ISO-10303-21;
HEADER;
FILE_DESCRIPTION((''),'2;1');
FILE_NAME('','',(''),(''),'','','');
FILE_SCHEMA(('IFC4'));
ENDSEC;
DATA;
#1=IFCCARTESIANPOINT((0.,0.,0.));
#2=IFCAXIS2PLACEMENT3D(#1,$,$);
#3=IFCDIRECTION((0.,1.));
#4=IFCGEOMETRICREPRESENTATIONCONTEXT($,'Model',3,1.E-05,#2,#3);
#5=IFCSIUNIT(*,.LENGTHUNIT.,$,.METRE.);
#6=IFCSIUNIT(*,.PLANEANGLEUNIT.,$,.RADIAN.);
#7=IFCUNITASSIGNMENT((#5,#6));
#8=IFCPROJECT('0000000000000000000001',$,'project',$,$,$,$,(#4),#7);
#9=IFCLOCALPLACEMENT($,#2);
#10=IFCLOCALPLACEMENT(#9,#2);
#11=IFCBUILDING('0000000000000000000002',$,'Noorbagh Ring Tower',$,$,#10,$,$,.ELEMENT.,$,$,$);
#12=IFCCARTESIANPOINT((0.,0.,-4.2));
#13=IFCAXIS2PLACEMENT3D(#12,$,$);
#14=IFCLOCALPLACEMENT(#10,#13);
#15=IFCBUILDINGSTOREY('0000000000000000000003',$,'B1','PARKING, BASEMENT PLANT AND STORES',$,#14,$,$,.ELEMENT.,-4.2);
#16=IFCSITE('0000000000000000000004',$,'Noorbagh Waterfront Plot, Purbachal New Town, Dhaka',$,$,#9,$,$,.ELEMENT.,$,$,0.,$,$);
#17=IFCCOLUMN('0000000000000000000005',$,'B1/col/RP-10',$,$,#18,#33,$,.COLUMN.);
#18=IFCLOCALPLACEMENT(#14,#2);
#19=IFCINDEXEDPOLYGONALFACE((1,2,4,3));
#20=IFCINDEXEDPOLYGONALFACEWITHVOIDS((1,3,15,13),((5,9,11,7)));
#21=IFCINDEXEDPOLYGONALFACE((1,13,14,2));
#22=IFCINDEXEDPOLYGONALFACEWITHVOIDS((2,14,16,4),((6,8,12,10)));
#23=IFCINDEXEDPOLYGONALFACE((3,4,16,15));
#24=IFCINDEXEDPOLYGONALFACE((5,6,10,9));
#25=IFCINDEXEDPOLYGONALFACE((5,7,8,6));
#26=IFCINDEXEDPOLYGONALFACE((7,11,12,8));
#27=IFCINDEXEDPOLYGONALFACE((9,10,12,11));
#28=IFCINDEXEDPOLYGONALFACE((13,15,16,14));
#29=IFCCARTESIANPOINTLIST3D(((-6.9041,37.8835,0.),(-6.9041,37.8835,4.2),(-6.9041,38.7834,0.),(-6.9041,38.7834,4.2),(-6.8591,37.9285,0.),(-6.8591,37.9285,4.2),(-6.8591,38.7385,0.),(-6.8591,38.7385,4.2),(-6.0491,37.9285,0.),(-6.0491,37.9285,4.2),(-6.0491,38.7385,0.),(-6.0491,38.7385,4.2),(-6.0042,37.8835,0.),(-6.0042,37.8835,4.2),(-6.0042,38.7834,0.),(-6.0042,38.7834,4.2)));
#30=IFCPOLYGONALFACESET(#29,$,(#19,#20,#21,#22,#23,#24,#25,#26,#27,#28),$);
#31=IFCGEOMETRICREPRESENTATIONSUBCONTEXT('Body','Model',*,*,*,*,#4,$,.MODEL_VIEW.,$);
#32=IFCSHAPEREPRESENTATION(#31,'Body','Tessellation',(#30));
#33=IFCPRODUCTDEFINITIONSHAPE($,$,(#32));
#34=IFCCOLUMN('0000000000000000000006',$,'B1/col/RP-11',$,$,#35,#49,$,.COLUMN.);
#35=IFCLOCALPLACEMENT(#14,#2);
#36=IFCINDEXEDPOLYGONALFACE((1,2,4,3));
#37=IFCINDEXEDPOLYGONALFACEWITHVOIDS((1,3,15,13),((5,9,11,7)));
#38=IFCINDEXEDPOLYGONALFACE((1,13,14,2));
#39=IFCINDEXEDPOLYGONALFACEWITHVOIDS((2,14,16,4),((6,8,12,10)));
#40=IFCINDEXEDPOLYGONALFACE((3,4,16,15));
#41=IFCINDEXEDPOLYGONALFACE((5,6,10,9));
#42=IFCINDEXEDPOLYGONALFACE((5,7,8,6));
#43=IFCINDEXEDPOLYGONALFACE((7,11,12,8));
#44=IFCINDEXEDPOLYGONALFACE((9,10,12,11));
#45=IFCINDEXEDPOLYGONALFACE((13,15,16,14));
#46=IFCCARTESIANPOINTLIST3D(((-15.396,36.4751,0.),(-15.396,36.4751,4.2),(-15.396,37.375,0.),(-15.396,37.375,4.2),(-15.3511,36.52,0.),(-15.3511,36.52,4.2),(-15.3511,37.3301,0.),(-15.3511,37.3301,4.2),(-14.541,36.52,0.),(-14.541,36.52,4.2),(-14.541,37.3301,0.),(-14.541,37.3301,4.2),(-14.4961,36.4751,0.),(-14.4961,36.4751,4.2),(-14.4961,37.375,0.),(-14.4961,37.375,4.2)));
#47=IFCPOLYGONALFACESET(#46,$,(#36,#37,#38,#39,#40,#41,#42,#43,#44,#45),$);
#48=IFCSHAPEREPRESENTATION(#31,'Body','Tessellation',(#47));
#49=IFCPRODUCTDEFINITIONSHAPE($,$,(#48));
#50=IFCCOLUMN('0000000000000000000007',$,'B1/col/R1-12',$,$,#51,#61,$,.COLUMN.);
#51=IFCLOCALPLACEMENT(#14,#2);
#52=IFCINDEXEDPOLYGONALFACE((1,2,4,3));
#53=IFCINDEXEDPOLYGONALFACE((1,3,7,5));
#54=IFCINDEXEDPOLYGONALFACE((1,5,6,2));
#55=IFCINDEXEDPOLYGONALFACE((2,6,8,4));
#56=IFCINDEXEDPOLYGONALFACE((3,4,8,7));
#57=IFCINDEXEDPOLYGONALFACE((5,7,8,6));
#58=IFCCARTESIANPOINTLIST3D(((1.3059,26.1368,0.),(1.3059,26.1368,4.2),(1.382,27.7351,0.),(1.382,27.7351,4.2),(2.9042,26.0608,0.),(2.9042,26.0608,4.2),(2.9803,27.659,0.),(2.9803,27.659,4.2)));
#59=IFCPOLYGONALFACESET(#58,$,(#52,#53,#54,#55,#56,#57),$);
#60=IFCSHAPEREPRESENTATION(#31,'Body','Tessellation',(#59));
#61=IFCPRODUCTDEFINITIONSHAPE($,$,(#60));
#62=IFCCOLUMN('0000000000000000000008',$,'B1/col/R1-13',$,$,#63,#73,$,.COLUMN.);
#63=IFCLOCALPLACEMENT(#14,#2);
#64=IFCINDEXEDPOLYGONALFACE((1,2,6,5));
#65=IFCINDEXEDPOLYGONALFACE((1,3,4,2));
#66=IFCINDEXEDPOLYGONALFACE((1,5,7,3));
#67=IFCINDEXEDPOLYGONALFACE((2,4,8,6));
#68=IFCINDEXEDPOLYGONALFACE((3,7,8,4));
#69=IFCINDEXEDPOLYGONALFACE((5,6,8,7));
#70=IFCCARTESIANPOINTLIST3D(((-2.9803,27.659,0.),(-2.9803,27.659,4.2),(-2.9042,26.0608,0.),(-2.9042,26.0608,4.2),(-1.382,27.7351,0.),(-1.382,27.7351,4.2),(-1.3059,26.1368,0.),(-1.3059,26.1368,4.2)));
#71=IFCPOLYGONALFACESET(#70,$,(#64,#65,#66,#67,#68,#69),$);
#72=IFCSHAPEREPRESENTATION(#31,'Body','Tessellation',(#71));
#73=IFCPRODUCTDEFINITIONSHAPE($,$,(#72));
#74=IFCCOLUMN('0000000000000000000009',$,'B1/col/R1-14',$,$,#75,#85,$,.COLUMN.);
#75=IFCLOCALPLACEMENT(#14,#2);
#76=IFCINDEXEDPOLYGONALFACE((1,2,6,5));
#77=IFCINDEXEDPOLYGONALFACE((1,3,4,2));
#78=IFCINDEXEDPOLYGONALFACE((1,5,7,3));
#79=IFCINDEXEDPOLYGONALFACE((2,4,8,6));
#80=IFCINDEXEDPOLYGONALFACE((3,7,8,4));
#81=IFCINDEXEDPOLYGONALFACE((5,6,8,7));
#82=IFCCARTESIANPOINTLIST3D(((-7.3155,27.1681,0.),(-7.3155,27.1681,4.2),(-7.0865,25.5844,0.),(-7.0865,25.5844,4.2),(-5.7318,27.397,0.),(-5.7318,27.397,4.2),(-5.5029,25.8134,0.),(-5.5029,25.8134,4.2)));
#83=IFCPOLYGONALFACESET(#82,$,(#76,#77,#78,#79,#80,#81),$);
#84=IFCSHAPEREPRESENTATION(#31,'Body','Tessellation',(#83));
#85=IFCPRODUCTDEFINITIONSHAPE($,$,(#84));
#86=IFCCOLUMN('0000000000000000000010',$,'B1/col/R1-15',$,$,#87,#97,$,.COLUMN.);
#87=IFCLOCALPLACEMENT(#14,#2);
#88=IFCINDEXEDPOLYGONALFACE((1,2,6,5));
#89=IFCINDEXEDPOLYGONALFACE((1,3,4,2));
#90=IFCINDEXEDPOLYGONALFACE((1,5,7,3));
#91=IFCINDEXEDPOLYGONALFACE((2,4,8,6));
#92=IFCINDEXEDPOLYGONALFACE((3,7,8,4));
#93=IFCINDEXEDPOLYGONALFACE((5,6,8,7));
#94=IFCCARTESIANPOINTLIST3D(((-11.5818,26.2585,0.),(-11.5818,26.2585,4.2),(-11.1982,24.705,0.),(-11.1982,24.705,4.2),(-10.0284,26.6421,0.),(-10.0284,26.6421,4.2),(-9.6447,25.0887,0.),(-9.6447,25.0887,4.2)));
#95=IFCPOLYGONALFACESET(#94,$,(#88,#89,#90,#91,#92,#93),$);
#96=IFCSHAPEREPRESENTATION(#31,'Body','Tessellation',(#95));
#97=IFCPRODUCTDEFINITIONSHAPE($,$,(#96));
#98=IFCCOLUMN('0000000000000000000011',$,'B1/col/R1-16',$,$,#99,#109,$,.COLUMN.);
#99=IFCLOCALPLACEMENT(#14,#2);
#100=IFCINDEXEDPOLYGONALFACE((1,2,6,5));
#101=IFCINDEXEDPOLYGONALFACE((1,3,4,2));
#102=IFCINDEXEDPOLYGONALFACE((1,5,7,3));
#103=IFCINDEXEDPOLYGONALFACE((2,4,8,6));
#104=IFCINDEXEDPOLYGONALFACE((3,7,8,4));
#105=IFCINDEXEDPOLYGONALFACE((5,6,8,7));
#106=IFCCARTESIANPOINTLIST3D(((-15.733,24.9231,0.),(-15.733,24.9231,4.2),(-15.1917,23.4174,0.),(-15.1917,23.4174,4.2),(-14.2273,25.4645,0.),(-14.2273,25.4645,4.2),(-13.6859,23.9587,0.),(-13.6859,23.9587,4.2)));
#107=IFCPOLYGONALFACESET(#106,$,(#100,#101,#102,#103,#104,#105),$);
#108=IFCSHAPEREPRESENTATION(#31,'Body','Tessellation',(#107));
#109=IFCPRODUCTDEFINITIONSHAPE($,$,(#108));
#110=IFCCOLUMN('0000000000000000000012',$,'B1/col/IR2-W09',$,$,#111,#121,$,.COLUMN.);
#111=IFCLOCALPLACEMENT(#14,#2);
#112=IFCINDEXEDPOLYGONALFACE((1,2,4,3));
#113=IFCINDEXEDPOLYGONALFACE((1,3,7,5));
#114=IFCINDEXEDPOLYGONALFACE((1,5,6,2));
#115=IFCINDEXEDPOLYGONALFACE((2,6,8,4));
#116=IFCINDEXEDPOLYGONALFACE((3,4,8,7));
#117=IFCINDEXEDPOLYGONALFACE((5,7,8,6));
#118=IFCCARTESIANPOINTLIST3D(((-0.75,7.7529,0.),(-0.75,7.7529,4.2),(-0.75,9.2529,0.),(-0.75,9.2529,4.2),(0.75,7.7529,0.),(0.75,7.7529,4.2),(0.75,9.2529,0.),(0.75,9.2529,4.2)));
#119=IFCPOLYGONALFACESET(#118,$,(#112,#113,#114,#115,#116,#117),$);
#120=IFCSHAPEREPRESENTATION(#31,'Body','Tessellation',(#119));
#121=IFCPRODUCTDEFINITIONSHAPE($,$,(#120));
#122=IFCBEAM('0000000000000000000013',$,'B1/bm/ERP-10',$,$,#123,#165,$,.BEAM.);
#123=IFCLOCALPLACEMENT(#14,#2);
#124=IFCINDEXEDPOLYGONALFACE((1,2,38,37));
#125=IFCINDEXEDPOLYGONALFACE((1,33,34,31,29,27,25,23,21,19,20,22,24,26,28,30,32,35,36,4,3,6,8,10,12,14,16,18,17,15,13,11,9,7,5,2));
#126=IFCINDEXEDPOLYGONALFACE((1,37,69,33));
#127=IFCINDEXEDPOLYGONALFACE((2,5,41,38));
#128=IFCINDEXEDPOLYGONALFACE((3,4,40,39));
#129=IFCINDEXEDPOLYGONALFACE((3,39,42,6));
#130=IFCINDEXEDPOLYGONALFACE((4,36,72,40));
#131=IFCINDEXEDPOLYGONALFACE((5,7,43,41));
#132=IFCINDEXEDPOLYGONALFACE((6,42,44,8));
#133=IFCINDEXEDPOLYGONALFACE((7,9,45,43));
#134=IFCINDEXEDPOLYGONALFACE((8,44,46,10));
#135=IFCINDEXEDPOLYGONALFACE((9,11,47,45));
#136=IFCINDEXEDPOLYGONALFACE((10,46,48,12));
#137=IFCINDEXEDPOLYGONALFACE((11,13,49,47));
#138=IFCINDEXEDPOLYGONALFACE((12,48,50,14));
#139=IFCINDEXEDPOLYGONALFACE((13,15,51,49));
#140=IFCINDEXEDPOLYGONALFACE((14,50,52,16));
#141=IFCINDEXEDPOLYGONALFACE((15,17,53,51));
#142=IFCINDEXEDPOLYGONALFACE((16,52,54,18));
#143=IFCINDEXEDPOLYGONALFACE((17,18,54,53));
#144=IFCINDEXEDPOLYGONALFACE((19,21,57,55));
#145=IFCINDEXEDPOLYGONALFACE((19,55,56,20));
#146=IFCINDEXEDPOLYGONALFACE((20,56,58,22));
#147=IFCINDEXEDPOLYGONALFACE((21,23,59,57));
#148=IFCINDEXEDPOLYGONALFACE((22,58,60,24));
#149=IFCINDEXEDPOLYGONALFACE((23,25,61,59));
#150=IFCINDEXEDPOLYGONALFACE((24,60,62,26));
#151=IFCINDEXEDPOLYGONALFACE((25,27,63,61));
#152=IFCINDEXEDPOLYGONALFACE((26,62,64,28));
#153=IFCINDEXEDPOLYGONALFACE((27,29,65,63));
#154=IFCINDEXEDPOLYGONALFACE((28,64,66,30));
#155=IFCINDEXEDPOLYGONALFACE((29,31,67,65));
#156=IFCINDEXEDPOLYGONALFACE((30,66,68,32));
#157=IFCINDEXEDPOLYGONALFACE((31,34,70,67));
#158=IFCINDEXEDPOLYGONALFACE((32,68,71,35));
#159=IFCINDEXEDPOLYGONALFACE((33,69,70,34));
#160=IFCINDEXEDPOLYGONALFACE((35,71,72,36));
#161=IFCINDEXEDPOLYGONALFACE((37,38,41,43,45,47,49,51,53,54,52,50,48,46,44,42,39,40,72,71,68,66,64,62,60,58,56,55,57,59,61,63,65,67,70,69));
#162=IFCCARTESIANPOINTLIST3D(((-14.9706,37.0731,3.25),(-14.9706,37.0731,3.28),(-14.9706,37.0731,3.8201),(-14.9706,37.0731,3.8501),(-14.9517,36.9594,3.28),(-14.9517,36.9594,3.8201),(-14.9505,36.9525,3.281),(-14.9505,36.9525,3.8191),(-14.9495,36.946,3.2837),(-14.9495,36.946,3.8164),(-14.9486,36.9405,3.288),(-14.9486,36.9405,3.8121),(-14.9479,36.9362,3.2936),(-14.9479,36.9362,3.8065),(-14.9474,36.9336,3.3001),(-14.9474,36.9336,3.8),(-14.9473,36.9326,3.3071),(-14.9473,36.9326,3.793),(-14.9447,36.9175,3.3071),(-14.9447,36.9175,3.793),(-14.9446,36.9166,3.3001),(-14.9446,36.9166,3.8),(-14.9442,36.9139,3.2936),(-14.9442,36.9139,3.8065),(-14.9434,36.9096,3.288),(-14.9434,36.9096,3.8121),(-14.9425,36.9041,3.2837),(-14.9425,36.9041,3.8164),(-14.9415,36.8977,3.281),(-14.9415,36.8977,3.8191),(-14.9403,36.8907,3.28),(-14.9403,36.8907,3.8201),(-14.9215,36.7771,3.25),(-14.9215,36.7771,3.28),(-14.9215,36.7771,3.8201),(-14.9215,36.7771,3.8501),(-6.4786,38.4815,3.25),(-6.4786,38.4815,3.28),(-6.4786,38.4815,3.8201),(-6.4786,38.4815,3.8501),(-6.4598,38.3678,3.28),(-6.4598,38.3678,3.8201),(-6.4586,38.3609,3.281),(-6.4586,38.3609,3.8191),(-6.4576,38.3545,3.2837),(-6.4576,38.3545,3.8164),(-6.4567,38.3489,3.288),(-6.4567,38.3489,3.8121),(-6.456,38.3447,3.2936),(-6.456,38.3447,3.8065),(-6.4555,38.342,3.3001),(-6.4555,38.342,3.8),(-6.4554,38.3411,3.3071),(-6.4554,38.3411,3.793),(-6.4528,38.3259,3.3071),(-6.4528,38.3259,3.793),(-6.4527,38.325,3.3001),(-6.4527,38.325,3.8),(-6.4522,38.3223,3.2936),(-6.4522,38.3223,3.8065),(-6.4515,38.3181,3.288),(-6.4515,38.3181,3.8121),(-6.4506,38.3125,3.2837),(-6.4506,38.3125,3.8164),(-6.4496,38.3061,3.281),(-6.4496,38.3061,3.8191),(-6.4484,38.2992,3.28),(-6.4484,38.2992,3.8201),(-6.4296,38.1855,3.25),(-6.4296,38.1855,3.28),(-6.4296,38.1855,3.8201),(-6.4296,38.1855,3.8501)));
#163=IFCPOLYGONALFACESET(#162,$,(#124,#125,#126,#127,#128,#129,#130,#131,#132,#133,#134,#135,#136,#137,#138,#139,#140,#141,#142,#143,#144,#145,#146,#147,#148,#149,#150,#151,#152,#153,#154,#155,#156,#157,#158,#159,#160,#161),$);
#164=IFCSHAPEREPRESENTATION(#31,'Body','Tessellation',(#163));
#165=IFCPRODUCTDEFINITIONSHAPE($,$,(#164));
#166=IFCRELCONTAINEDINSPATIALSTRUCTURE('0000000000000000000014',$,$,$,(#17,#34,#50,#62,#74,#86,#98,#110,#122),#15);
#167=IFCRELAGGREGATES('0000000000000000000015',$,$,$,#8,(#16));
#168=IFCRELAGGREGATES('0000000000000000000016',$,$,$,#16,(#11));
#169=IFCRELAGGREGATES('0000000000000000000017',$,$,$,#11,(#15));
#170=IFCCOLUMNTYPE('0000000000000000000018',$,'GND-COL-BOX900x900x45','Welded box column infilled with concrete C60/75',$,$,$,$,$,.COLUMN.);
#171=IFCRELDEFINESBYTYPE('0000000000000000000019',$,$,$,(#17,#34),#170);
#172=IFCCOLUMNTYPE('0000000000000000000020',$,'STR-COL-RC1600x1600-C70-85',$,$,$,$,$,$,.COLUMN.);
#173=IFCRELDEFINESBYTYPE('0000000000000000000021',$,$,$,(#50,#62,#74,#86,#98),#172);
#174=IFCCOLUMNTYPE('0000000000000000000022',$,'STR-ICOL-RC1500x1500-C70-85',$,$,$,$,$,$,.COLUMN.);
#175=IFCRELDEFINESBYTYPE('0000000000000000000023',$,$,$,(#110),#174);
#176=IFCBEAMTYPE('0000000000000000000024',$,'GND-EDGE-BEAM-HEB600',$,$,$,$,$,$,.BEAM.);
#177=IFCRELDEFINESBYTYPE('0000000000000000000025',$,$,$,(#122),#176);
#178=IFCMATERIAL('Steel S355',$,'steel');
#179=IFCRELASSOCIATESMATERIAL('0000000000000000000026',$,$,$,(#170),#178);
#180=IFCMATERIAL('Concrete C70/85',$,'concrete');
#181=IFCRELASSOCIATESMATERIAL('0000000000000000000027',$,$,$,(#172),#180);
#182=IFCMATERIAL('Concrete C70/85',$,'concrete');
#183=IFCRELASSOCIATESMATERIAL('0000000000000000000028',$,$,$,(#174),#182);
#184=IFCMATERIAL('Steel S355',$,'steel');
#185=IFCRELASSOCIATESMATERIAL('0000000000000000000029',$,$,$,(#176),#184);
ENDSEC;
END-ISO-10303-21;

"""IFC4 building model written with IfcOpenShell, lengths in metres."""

from ifc_helpers import new_model, si_unit, direction, frame, origin, origin_2d, place, context, subcontext, project, spatial, rectangle, hollow_rectangle, i_section, extrude, material, material_profile, profile_set, type_object, element, save


model = new_model("IFC4")

# Units and contexts
model_context = context("Model", 3, precision=1e-05, world=origin(), true_north=direction((0.0, 1.0)))
body_context = subcontext(model_context, "Body", "Model", "MODEL_VIEW")
ifc_project = project(units=[si_unit("LENGTHUNIT", "METRE"), si_unit("PLANEANGLEUNIT", "RADIAN")], contexts=[model_context])

# Site, building, storey
site_placement = place(None, origin())
site = spatial("IfcSite", under=ifc_project, at=site_placement, Name="Noorbagh Waterfront Plot, Purbachal New Town, Dhaka", CompositionType="ELEMENT", RefElevation=0.0)
building_placement = place(site_placement, origin())
building = spatial("IfcBuilding", under=site, at=building_placement, Name="Noorbagh Ring Tower", CompositionType="ELEMENT")
storey_placement = place(building_placement, frame((0.0, 0.0, -4.2)))
storey = spatial("IfcBuildingStorey", under=building, at=storey_placement, Name="B1", Description="PARKING, BASEMENT PLANT AND STORES", CompositionType="ELEMENT", Elevation=-4.2)

# Columns
ifc_material_1 = material(Name="Steel S355", Category="steel")
ifc_material_profile_1 = material_profile(ifc_material_1, hollow_rectangle(XDim=0.8999, YDim=0.8999, WallThickness=0.0449, at=origin_2d()), Name="BOX900x900x45")
ifc_profile_set_1 = profile_set([ifc_material_profile_1], Name="Steel S355")
column_type_1 = type_object("IfcColumnType", Name="GND-COL-BOX900x900x45", Description="Welded box column infilled with concrete C60/75", PredefinedType="COLUMN", material=ifc_profile_set_1)
for number, where, z_axis, x_axis, name in (
    (1, (-6.4541, 38.3335, 0.0), (0.0, 0.0, 1.0), (1.0, 0.0, 0.0), "B1/col/RP-10"),
    (2, (-14.946, 36.925, 0.0), (0.0, 0.0, 1.0), (1.0, 0.0, 0.0), "B1/col/RP-11"),
):
    element("IfcColumn", number, at=place(storey_placement, frame(where, z_axis=z_axis, x_axis=x_axis)), inside=storey, type_object=column_type_1, Name=name, PredefinedType="COLUMN", context=body_context, shape_type="SweptSolid", body=[
        extrude(hollow_rectangle(XDim=0.8999, YDim=0.8999, WallThickness=0.0449, at=origin_2d()), origin(), (0.0, 0.0, 1.0), 4.2),
    ])
ifc_material_2 = material(Name="Concrete C70/85", Category="concrete")
ifc_material_profile_2 = material_profile(ifc_material_2, rectangle(XDim=1.6001, YDim=1.6001, at=origin_2d()), Name="RC1600x1600")
ifc_profile_set_2 = profile_set([ifc_material_profile_2], Name="Concrete C70/85")
column_type_2 = type_object("IfcColumnType", Name="STR-COL-RC1600x1600-C70-85", PredefinedType="COLUMN", material=ifc_profile_set_2)
for number, where, z_axis, x_axis, name in (
    (3, (2.1431, 26.8979, 0.0), (0.0, 0.0, 1.0), (-0.998869, 0.047553, 0.0), "B1/col/R1-12"),
    (4, (-2.1431, 26.8979, 0.0), (0.0, 0.0, 1.0), (-0.998869, -0.047553, 0.0), "B1/col/R1-13"),
    (5, (-6.4092, 26.4907, 0.0), (0.0, 0.0, 1.0), (-0.989713, -0.143066, 0.0), "B1/col/R1-14"),
    (6, (-10.6133, 25.6736, 0.0), (0.0, 0.0, 1.0), (-0.970829, -0.239771, 0.0), "B1/col/R1-15"),
    (7, (-14.7095, 24.4409, 0.0), (0.0, 0.0, 1.0), (-0.941025, -0.338338, 0.0), "B1/col/R1-16"),
):
    element("IfcColumn", number, at=place(storey_placement, frame(where, z_axis=z_axis, x_axis=x_axis)), inside=storey, type_object=column_type_2, Name=name, PredefinedType="COLUMN", context=body_context, shape_type="SweptSolid", body=[
        extrude(rectangle(XDim=1.6001, YDim=1.6001, at=origin_2d()), origin(), (0.0, 0.0, 1.0), 4.2),
    ])
ifc_material_3 = material(Name="Concrete C70/85", Category="concrete")
ifc_material_profile_3 = material_profile(ifc_material_3, rectangle(XDim=1.5, YDim=1.5, at=origin_2d()), Name="RC1500x1500")
ifc_profile_set_3 = profile_set([ifc_material_profile_3], Name="Concrete C70/85")
column_type_3 = type_object("IfcColumnType", Name="STR-ICOL-RC1500x1500-C70-85", PredefinedType="COLUMN", material=ifc_profile_set_3)
column_placement = place(storey_placement, frame((0.0, 8.5029, 0.0), z_axis=(0.0, 0.0, 1.0), x_axis=(-1.0, 0.0, 0.0)))
element("IfcColumn", 8, at=column_placement, inside=storey, type_object=column_type_3, Name="B1/col/IR2-W09", PredefinedType="COLUMN", context=body_context, shape_type="SweptSolid", body=[
    extrude(rectangle(XDim=1.5, YDim=1.5, at=origin_2d()), origin(), (0.0, 0.0, 1.0), 4.2),
])

# Beam
ifc_material_4 = material(Name="Steel S355", Category="steel")
ifc_material_profile_4 = material_profile(ifc_material_4, i_section(OverallWidth=0.3, OverallDepth=0.6001, WebThickness=0.0154, FlangeThickness=0.03, FilletRadius=0.0271, at=origin_2d()), Name="HEB600")
ifc_profile_set_4 = profile_set([ifc_material_profile_4], Name="Steel S355")
beam_type_1 = type_object("IfcBeamType", Name="GND-EDGE-BEAM-HEB600", PredefinedType="BEAM", material=ifc_profile_set_4)
beam_1_placement = place(storey_placement, frame((-6.4541, 38.3335, 3.55), z_axis=(-0.986523, -0.163622, 0.0), x_axis=(0.163622, -0.986523, 0.0)))
element("IfcBeam", 9, at=beam_1_placement, inside=storey, type_object=beam_type_1, Name="B1/bm/ERP-10", PredefinedType="BEAM", context=body_context, shape_type="SweptSolid", body=[
    extrude(i_section(OverallWidth=0.3, OverallDepth=0.6001, WebThickness=0.0154, FlangeThickness=0.03, FilletRadius=0.0271, at=origin_2d()), origin(), (0.0, 0.0, 1.0), 8.6079),
])

save(model, "model.ifc")
